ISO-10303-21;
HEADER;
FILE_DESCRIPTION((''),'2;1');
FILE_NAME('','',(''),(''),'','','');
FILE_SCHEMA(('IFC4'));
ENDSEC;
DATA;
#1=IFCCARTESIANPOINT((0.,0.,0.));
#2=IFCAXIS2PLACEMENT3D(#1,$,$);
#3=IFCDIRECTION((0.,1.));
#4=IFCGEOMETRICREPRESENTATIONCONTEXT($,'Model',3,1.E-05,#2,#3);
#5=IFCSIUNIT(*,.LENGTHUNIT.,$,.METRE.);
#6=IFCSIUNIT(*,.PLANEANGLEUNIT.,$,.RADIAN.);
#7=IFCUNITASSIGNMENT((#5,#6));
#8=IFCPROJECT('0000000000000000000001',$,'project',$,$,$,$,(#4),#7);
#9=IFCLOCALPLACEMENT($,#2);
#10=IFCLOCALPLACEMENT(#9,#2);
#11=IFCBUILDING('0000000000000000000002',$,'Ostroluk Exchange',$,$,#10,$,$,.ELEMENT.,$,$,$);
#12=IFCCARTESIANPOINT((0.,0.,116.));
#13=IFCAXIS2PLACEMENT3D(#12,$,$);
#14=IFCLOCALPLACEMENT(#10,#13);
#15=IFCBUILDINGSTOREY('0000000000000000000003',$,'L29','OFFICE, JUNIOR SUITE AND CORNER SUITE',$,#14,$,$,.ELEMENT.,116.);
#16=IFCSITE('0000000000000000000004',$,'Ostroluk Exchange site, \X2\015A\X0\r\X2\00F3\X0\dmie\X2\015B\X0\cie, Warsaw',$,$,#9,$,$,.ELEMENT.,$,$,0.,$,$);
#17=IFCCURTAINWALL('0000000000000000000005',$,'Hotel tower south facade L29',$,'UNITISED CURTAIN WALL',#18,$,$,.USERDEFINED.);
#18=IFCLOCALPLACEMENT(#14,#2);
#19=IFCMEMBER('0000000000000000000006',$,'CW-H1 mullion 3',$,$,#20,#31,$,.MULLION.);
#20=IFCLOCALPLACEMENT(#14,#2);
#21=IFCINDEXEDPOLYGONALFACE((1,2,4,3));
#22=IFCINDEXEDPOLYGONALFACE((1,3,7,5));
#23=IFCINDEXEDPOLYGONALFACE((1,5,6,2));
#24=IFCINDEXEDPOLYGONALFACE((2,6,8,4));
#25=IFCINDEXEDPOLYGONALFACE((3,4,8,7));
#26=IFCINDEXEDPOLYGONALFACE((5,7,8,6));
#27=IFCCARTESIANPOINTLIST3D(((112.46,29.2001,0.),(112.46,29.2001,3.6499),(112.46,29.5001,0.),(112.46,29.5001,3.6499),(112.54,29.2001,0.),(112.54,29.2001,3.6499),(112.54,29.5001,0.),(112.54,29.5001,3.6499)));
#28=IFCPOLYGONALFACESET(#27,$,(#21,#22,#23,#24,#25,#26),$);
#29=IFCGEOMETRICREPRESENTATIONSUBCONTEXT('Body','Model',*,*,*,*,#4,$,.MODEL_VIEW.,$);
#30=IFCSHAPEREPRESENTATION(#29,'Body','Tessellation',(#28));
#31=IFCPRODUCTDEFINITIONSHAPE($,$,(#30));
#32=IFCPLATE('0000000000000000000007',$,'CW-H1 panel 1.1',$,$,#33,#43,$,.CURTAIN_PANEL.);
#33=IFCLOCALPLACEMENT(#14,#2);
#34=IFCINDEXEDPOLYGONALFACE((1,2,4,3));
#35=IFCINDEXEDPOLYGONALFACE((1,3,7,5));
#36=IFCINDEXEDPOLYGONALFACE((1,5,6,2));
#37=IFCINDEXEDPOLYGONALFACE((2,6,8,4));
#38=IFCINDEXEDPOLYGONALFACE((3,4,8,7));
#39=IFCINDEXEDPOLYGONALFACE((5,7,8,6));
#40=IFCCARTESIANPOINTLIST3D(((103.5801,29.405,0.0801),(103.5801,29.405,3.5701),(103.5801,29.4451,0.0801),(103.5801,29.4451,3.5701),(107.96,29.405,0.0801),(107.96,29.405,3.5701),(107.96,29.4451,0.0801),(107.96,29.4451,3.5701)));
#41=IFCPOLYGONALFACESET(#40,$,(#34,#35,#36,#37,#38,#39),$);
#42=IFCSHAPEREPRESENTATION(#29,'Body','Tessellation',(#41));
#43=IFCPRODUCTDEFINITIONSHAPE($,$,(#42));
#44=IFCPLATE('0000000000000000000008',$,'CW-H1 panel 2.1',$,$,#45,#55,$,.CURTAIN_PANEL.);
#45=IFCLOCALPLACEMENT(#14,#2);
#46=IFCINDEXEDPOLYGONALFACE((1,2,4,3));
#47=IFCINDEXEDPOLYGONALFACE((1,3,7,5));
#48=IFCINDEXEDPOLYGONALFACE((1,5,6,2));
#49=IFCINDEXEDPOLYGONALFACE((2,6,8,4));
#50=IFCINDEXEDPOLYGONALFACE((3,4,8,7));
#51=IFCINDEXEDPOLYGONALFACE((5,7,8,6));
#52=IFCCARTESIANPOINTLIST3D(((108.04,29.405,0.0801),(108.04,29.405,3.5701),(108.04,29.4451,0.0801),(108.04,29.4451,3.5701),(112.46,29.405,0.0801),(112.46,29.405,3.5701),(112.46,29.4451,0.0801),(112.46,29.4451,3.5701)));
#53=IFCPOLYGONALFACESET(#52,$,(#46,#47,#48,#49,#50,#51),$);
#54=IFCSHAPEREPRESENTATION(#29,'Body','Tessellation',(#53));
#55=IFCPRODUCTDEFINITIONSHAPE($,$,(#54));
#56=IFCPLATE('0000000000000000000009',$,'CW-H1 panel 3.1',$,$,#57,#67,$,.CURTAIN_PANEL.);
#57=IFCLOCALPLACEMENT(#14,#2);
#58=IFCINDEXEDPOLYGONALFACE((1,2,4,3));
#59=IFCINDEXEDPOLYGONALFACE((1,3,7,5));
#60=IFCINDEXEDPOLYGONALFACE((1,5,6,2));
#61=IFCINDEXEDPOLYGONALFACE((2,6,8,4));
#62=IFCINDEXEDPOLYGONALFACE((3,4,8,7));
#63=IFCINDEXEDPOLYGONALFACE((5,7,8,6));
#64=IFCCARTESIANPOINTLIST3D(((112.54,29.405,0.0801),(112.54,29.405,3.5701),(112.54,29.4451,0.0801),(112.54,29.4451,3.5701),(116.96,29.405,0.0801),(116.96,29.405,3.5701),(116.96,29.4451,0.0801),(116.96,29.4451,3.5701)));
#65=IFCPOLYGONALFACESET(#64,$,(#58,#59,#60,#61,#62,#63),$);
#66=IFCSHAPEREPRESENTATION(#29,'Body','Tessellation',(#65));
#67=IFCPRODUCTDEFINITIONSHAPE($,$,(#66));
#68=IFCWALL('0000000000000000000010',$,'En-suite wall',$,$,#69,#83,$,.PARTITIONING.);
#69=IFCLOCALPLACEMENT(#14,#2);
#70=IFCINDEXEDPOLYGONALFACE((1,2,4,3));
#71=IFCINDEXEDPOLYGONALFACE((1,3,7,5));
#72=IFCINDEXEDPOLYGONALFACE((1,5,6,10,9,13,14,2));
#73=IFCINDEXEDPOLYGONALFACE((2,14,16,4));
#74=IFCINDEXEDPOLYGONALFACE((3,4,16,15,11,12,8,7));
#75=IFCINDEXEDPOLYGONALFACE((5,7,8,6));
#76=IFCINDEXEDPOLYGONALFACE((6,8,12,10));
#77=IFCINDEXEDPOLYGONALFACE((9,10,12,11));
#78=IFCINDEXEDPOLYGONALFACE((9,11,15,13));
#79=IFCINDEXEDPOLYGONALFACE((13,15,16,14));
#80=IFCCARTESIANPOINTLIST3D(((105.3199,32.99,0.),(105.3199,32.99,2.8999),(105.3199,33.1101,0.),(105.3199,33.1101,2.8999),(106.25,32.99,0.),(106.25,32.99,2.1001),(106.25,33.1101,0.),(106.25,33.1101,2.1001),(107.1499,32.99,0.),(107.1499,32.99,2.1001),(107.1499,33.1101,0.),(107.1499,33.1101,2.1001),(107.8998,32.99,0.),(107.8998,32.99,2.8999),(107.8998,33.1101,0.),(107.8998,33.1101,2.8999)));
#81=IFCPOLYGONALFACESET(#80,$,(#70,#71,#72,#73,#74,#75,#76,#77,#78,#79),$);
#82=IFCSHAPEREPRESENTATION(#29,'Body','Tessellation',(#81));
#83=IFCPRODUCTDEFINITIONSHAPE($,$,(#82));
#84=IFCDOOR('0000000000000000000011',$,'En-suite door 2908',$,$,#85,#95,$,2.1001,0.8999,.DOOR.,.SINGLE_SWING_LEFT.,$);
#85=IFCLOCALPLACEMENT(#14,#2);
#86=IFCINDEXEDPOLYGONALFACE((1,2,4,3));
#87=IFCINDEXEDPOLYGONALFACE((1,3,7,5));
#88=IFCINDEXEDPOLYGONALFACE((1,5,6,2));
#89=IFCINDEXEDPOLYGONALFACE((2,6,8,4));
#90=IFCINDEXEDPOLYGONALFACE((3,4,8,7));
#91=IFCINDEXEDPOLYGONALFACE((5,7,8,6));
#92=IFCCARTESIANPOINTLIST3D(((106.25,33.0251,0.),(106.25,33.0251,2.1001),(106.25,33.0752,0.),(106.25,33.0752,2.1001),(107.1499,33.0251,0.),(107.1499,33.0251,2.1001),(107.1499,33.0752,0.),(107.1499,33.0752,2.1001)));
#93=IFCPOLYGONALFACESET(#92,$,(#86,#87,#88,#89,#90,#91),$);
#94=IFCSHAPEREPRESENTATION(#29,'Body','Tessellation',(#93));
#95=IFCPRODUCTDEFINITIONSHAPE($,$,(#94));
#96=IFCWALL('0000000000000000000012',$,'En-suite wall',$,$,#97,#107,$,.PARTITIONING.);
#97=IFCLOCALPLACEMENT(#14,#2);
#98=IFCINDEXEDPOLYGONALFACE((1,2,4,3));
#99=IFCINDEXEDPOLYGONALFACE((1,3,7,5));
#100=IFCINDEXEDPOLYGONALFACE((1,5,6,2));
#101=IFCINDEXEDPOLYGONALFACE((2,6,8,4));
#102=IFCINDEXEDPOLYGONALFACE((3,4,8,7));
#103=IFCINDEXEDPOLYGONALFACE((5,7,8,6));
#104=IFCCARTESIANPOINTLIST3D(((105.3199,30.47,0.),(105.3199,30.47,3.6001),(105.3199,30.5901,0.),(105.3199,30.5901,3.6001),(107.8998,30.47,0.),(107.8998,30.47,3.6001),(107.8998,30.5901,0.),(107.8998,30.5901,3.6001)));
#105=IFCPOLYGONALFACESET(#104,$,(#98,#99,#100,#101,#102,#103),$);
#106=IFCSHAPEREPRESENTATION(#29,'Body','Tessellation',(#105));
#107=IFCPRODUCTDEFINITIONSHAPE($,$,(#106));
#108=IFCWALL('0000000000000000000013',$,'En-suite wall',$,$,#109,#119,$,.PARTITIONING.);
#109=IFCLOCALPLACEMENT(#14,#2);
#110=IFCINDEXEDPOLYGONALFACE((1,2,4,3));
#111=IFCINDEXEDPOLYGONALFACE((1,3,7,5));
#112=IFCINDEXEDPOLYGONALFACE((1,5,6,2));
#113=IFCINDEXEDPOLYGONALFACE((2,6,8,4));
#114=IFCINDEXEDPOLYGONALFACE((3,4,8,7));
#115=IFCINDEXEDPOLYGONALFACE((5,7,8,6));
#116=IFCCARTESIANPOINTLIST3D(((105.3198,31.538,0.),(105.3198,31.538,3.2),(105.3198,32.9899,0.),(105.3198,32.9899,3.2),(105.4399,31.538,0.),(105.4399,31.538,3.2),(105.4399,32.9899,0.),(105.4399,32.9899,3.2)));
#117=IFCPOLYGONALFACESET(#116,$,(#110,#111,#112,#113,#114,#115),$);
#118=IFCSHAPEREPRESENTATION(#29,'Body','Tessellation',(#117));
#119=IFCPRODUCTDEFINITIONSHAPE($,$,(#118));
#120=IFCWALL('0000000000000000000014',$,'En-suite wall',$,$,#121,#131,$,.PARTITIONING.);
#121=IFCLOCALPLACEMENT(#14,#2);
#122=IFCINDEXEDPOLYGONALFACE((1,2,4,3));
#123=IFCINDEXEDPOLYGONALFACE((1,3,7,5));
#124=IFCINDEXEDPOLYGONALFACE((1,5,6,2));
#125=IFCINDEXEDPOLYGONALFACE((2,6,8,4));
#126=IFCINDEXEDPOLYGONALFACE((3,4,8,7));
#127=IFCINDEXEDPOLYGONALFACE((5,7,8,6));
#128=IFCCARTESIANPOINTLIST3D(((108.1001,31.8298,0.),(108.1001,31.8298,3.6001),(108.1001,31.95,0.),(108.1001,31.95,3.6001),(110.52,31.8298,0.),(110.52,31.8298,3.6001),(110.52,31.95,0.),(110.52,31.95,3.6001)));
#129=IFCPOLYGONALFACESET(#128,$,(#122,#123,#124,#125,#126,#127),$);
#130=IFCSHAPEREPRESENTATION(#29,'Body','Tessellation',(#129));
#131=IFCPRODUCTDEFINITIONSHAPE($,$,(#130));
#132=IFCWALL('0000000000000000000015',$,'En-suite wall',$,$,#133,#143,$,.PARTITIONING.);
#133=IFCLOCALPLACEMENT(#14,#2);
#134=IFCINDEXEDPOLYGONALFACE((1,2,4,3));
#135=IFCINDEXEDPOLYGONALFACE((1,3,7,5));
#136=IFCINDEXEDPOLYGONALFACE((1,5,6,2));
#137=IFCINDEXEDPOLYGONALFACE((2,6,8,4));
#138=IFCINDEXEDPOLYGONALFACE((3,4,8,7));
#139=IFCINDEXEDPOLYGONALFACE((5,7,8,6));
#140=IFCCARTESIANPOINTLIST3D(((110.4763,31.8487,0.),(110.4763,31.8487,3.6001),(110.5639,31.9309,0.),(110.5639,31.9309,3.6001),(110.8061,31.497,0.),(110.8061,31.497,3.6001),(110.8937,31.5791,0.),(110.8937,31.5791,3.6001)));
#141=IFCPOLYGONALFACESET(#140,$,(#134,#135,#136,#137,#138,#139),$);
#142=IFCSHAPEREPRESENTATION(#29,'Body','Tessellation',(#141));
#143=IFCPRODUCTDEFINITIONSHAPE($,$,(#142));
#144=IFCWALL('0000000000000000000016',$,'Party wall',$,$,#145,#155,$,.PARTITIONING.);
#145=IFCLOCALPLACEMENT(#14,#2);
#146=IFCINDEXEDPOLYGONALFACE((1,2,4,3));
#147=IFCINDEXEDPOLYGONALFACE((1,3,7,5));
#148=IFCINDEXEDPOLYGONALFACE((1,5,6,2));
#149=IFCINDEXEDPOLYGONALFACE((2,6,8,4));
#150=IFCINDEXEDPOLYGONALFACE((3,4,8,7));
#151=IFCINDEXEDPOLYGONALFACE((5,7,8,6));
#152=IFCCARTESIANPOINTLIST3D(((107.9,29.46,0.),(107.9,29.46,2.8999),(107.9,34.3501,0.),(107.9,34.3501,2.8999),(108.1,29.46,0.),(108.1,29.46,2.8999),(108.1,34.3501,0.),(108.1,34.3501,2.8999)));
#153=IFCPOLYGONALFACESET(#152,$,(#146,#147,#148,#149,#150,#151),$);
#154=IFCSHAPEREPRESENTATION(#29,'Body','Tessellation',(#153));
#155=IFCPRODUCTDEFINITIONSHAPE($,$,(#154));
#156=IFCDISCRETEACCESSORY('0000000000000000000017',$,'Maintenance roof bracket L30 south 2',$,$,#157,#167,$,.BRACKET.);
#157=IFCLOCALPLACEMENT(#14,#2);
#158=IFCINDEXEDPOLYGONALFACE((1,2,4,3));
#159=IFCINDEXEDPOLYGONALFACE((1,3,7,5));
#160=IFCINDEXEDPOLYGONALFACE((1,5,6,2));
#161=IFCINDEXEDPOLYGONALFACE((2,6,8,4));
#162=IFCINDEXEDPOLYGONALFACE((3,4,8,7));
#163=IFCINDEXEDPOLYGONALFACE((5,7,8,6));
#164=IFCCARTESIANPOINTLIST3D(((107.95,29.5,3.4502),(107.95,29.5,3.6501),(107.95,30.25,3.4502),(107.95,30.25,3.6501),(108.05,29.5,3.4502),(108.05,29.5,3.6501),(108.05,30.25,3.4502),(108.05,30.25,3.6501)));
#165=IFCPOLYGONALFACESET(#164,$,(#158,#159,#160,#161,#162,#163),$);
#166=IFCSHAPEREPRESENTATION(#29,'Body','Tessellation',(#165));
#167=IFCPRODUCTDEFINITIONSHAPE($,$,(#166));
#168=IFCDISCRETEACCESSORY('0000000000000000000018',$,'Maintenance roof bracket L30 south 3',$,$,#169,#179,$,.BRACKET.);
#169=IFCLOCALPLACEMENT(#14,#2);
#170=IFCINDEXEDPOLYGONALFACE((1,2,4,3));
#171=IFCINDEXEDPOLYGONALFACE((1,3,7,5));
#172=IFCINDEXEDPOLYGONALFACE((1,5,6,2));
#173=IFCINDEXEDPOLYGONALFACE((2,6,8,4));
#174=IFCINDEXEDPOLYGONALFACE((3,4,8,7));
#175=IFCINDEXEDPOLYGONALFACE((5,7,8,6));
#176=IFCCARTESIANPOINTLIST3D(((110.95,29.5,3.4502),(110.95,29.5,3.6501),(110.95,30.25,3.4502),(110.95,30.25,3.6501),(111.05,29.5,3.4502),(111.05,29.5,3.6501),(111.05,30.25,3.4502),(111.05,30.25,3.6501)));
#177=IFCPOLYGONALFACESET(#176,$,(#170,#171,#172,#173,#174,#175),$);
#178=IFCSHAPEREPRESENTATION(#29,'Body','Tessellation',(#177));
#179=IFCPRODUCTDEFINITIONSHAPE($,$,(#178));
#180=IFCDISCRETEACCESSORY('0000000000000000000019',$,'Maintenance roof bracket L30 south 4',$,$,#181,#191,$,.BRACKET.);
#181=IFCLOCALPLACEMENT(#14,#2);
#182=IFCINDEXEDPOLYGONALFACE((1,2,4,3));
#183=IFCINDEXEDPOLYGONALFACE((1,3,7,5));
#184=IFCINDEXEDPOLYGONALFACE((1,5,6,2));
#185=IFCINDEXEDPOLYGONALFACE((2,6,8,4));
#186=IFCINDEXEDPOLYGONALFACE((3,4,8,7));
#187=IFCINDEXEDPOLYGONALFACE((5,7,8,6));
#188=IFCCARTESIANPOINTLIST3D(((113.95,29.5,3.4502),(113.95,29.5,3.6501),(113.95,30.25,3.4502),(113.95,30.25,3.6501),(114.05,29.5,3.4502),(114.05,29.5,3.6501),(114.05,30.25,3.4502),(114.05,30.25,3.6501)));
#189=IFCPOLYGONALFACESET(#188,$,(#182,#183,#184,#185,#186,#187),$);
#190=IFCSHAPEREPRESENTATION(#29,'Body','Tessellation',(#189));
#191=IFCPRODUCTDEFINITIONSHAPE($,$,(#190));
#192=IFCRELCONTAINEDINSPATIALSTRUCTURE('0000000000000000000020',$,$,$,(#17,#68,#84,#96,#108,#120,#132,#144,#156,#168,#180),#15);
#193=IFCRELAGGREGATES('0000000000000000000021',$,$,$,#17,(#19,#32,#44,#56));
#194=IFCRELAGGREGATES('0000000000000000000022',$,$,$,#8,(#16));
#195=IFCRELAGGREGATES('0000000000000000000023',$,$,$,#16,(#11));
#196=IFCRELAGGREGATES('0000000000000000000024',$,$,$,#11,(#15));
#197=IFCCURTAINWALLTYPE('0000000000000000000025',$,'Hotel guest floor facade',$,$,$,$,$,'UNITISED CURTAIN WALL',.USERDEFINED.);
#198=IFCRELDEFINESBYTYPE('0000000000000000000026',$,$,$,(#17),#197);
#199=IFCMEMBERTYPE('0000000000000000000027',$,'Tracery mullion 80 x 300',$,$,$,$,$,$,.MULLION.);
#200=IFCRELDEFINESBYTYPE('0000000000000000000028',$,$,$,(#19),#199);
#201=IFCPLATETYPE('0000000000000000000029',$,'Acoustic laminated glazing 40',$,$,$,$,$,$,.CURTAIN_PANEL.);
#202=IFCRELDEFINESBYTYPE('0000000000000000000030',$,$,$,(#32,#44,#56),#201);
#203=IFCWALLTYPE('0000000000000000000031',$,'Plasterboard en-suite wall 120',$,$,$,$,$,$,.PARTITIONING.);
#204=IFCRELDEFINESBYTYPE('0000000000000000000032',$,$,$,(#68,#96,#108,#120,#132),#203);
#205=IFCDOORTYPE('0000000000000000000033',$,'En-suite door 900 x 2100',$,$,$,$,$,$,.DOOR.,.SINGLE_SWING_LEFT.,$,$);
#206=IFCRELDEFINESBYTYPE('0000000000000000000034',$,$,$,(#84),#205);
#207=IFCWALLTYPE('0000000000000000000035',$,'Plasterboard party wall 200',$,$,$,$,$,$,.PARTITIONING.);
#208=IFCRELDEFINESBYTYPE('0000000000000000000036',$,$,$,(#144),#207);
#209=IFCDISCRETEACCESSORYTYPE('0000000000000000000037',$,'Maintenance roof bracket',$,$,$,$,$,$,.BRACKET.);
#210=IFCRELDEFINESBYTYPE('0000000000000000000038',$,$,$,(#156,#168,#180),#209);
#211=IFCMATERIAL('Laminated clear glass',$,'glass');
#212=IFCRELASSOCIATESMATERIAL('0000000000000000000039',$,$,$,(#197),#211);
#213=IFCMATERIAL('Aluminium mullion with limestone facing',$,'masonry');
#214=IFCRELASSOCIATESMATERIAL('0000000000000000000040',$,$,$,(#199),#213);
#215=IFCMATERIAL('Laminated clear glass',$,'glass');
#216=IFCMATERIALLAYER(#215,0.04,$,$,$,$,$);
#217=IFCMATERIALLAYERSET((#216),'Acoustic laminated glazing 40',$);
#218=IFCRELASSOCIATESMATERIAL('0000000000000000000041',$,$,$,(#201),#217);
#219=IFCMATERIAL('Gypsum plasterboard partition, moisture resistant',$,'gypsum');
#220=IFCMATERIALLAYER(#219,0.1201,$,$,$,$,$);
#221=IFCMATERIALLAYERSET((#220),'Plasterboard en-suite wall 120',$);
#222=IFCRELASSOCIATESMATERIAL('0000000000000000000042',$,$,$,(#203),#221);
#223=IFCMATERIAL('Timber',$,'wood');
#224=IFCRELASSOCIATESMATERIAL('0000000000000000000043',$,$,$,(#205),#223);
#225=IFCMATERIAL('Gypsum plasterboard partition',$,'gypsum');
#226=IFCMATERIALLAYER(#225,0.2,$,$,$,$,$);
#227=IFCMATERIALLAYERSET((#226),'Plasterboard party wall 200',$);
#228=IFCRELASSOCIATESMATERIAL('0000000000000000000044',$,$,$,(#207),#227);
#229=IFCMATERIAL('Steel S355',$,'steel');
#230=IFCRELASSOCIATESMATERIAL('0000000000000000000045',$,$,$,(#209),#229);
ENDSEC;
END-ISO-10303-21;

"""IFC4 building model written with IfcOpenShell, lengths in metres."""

from ifc_helpers import new_model, si_unit, direction, frame, frame_2d, origin, origin_2d, place, context, subcontext, project, spatial, rectangle, extrude, material, layer, layer_set, material_profile, profile_set, type_object, element, fill, aggregate, save


model = new_model("IFC4")

# Units and contexts
model_context = context("Model", 3, precision=1e-05, world=origin(), true_north=direction((0.0, 1.0)))
body_context = subcontext(model_context, "Body", "Model", "MODEL_VIEW")
ifc_project = project(units=[si_unit("LENGTHUNIT", "METRE"), si_unit("PLANEANGLEUNIT", "RADIAN")], contexts=[model_context])

# Site, building, storey
site_placement = place(None, origin())
site = spatial("IfcSite", under=ifc_project, at=site_placement, Name="Ostroluk Exchange site, Śródmieście, Warsaw", CompositionType="ELEMENT", RefElevation=0.0)
building_placement = place(site_placement, origin())
building = spatial("IfcBuilding", under=site, at=building_placement, Name="Ostroluk Exchange", CompositionType="ELEMENT")
storey_placement = place(building_placement, frame((0.0, 0.0, 116.0)))
storey = spatial("IfcBuildingStorey", under=building, at=storey_placement, Name="L29", Description="OFFICE, JUNIOR SUITE AND CORNER SUITE", CompositionType="ELEMENT", Elevation=116.0)

# Curtain wall, member, plates
ifc_material_1 = material(Name="Laminated clear glass", Category="glass")
curtain_wall_type = type_object("IfcCurtainWallType", Name="Hotel guest floor facade", ElementType="UNITISED CURTAIN WALL", PredefinedType="USERDEFINED", material=ifc_material_1)
curtain_wall_placement = place(storey_placement, origin())
curtain_wall = element("IfcCurtainWall", 1, at=curtain_wall_placement, inside=storey, type_object=curtain_wall_type, Name="Hotel tower south facade L29", ObjectType="UNITISED CURTAIN WALL", PredefinedType="USERDEFINED")
ifc_material_2 = material(Name="Aluminium mullion with limestone facing", Category="masonry")
ifc_material_profile_1 = material_profile(ifc_material_2, rectangle(XDim=0.3, YDim=0.0801, at=origin_2d()), Name="Tracery mullion 80 x 300")
ifc_profile_set_1 = profile_set([ifc_material_profile_1], Name="Aluminium mullion with limestone facing")
member_type_1 = type_object("IfcMemberType", Name="Tracery mullion 80 x 300", PredefinedType="MULLION", material=ifc_profile_set_1)
member_1_placement = place(storey_placement, frame((112.5, 29.3501, 0.0), z_axis=(0.0, 0.0, 1.0), x_axis=(0.0, 1.0, 0.0)))
member_1 = element("IfcMember", 2, at=member_1_placement, type_object=member_type_1, Name="CW-H1 mullion 3", PredefinedType="MULLION", context=body_context, shape_type="SweptSolid", body=[
    extrude(rectangle(XDim=0.3, YDim=0.0801, at=origin_2d()), origin(), (0.0, 0.0, 1.0), 3.6499),
])
ifc_material_3 = material(Name="Laminated clear glass", Category="glass")
ifc_layer_1 = layer(ifc_material_3, 0.04)
ifc_layer_set_1 = layer_set([ifc_layer_1], Name="Acoustic laminated glazing 40")
plate_type = type_object("IfcPlateType", Name="Acoustic laminated glazing 40", PredefinedType="CURTAIN_PANEL", material=ifc_layer_set_1)
plate_1_placement = place(storey_placement, frame((105.77, 29.425, 0.0801), z_axis=(0.0, 0.0, 1.0), x_axis=(1.0, 0.0, 0.0)))
plate_1 = element("IfcPlate", 3, at=plate_1_placement, type_object=plate_type, Name="CW-H1 panel 1.1", PredefinedType="CURTAIN_PANEL", context=body_context, shape_type="SweptSolid", body=[
    extrude(rectangle(XDim=4.3799, YDim=0.04, at=origin_2d()), origin(), (0.0, 0.0, 1.0), 3.49),
])
plate_2_placement = place(storey_placement, frame((110.25, 29.425, 0.0801), z_axis=(0.0, 0.0, 1.0), x_axis=(1.0, 0.0, 0.0)))
plate_2 = element("IfcPlate", 4, at=plate_2_placement, type_object=plate_type, Name="CW-H1 panel 2.1", PredefinedType="CURTAIN_PANEL", context=body_context, shape_type="SweptSolid", body=[
    extrude(rectangle(XDim=4.4199, YDim=0.04, at=origin_2d()), origin(), (0.0, 0.0, 1.0), 3.49),
])
plate_3_placement = place(storey_placement, frame((114.75, 29.425, 0.0801), z_axis=(0.0, 0.0, 1.0), x_axis=(1.0, 0.0, 0.0)))
plate_3 = element("IfcPlate", 5, at=plate_3_placement, type_object=plate_type, Name="CW-H1 panel 3.1", PredefinedType="CURTAIN_PANEL", context=body_context, shape_type="SweptSolid", body=[
    extrude(rectangle(XDim=4.4199, YDim=0.04, at=origin_2d()), origin(), (0.0, 0.0, 1.0), 3.49),
])
aggregate(curtain_wall, [member_1, plate_1, plate_2, plate_3])

# Wall, opening, door
ifc_material_4 = material(Name="Gypsum plasterboard partition, moisture resistant", Category="gypsum")
ifc_layer_2 = layer(ifc_material_4, 0.1201)
ifc_layer_set_2 = layer_set([ifc_layer_2], Name="Plasterboard en-suite wall 120")
wall_type_1 = type_object("IfcWallType", Name="Plasterboard en-suite wall 120", PredefinedType="PARTITIONING", material=ifc_layer_set_2)
wall_1_placement = place(storey_placement, frame((107.8999, 33.05, 0.0), z_axis=(0.0, 0.0, 1.0), x_axis=(-1.0, 0.0, 0.0)))
wall_1 = element("IfcWall", 6, at=wall_1_placement, inside=storey, type_object=wall_type_1, Name="En-suite wall", PredefinedType="PARTITIONING", context=body_context, shape_type="SweptSolid", body=[
    extrude(rectangle(XDim=2.5798, YDim=0.1201, at=frame_2d((1.29, 0.0))), origin(), (0.0, 0.0, 1.0), 2.8999),
])
opening_placement = place(wall_1_placement, frame((0.75, 0.0, 0.0)))
opening = element("IfcOpeningElement", 7, at=opening_placement, cuts=wall_1, PredefinedType="OPENING", context=body_context, shape_type="SweptSolid", body=[
    extrude(rectangle(XDim=0.8999, YDim=2.1001, at=frame_2d((0.45, 1.05))), frame((0.0, 0.0701, 0.0), z_axis=(0.0, -1.0, 0.0), x_axis=(1.0, 0.0, 0.0)), (0.0, 0.0, 1.0), 0.1401),
])
ifc_material_5 = material(Name="Timber", Category="wood")
door_type = type_object("IfcDoorType", Name="En-suite door 900 x 2100", OperationType="SINGLE_SWING_LEFT", PredefinedType="DOOR", material=ifc_material_5)
door_placement = place(opening_placement, origin())
door = element("IfcDoor", 8, at=door_placement, inside=storey, type_object=door_type, Name="En-suite door 2908", OperationType="SINGLE_SWING_LEFT", OverallHeight=2.1001, OverallWidth=0.8999, PredefinedType="DOOR", context=body_context, shape_type="SweptSolid", body=[
    extrude(rectangle(XDim=0.8999, YDim=2.1001, at=frame_2d((0.45, 1.05))), frame((0.0, 0.0249, 0.0), z_axis=(0.0, -1.0, 0.0), x_axis=(1.0, 0.0, 0.0)), (0.0, 0.0, 1.0), 0.05),
])
fill(opening, door)

# Walls
wall_2_placement = place(storey_placement, frame((107.8999, 30.53, 0.0), z_axis=(0.0, 0.0, 1.0), x_axis=(-1.0, 0.0, 0.0)))
element("IfcWall", 9, at=wall_2_placement, inside=storey, type_object=wall_type_1, Name="En-suite wall", PredefinedType="PARTITIONING", context=body_context, shape_type="SweptSolid", body=[
    extrude(rectangle(XDim=2.5798, YDim=0.1201, at=frame_2d((1.29, 0.0))), origin(), (0.0, 0.0, 1.0), 3.6001),
])
wall_3_placement = place(storey_placement, frame((105.3799, 32.99, 0.0), z_axis=(0.0, 0.0, 1.0), x_axis=(0.0, -1.0, 0.0)))
element("IfcWall", 10, at=wall_3_placement, inside=storey, type_object=wall_type_1, Name="En-suite wall", PredefinedType="PARTITIONING", context=body_context, shape_type="SweptSolid", body=[
    extrude(rectangle(XDim=1.4519, YDim=0.1201, at=frame_2d((0.7261, 0.0))), origin(), (0.0, 0.0, 1.0), 3.2),
])
wall_4_placement = place(storey_placement, frame((108.1001, 31.8899, 0.0), z_axis=(0.0, 0.0, 1.0), x_axis=(1.0, 0.0, 0.0)))
element("IfcWall", 11, at=wall_4_placement, inside=storey, type_object=wall_type_1, Name="En-suite wall", PredefinedType="PARTITIONING", context=body_context, shape_type="SweptSolid", body=[
    extrude(rectangle(XDim=2.4199, YDim=0.1201, at=frame_2d((1.21, 0.0))), origin(), (0.0, 0.0, 1.0), 3.6001),
])
wall_5_placement = place(storey_placement, frame((110.52, 31.8899, 0.0), z_axis=(0.0, 0.0, 1.0), x_axis=(0.683958, -0.729521, 0.0)))
element("IfcWall", 12, at=wall_5_placement, inside=storey, type_object=wall_type_1, Name="En-suite wall", PredefinedType="PARTITIONING", context=body_context, shape_type="SweptSolid", body=[
    extrude(rectangle(XDim=0.4822, YDim=0.1201, at=frame_2d((0.2412, 0.0))), origin(), (0.0, 0.0, 1.0), 3.6001),
])
ifc_material_6 = material(Name="Gypsum plasterboard partition", Category="gypsum")
ifc_layer_3 = layer(ifc_material_6, 0.2)
ifc_layer_set_3 = layer_set([ifc_layer_3], Name="Plasterboard party wall 200")
wall_type_2 = type_object("IfcWallType", Name="Plasterboard party wall 200", PredefinedType="PARTITIONING", material=ifc_layer_set_3)
wall_6_placement = place(storey_placement, frame((108.0, 34.3501, 0.0), z_axis=(0.0, 0.0, 1.0), x_axis=(0.0, -1.0, 0.0)))
element("IfcWall", 13, at=wall_6_placement, inside=storey, type_object=wall_type_2, Name="Party wall", PredefinedType="PARTITIONING", context=body_context, shape_type="SweptSolid", body=[
    extrude(rectangle(XDim=4.8901, YDim=0.2, at=frame_2d((2.4451, 0.0))), origin(), (0.0, 0.0, 1.0), 2.8999),
])

# Discrete accessories
ifc_material_7 = material(Name="Steel S355", Category="steel")
discrete_accessory_type = type_object("IfcDiscreteAccessoryType", Name="Maintenance roof bracket", PredefinedType="BRACKET", material=ifc_material_7)
for number, where, z_axis, x_axis, name in (
    (14, (108.0, 29.875, 3.4502), (0.0, 0.0, 1.0), (1.0, 0.0, 0.0), "Maintenance roof bracket L30 south 2"),
    (15, (111.0, 29.875, 3.4502), (0.0, 0.0, 1.0), (1.0, 0.0, 0.0), "Maintenance roof bracket L30 south 3"),
    (16, (114.0, 29.875, 3.4502), (0.0, 0.0, 1.0), (1.0, 0.0, 0.0), "Maintenance roof bracket L30 south 4"),
):
    element("IfcDiscreteAccessory", number, at=place(storey_placement, frame(where, z_axis=z_axis, x_axis=x_axis)), inside=storey, type_object=discrete_accessory_type, Name=name, PredefinedType="BRACKET", context=body_context, shape_type="SweptSolid", body=[
        extrude(rectangle(XDim=0.1001, YDim=0.75, at=origin_2d()), origin(), (0.0, 0.0, 1.0), 0.2),
    ])

save(model, "model.ifc")
